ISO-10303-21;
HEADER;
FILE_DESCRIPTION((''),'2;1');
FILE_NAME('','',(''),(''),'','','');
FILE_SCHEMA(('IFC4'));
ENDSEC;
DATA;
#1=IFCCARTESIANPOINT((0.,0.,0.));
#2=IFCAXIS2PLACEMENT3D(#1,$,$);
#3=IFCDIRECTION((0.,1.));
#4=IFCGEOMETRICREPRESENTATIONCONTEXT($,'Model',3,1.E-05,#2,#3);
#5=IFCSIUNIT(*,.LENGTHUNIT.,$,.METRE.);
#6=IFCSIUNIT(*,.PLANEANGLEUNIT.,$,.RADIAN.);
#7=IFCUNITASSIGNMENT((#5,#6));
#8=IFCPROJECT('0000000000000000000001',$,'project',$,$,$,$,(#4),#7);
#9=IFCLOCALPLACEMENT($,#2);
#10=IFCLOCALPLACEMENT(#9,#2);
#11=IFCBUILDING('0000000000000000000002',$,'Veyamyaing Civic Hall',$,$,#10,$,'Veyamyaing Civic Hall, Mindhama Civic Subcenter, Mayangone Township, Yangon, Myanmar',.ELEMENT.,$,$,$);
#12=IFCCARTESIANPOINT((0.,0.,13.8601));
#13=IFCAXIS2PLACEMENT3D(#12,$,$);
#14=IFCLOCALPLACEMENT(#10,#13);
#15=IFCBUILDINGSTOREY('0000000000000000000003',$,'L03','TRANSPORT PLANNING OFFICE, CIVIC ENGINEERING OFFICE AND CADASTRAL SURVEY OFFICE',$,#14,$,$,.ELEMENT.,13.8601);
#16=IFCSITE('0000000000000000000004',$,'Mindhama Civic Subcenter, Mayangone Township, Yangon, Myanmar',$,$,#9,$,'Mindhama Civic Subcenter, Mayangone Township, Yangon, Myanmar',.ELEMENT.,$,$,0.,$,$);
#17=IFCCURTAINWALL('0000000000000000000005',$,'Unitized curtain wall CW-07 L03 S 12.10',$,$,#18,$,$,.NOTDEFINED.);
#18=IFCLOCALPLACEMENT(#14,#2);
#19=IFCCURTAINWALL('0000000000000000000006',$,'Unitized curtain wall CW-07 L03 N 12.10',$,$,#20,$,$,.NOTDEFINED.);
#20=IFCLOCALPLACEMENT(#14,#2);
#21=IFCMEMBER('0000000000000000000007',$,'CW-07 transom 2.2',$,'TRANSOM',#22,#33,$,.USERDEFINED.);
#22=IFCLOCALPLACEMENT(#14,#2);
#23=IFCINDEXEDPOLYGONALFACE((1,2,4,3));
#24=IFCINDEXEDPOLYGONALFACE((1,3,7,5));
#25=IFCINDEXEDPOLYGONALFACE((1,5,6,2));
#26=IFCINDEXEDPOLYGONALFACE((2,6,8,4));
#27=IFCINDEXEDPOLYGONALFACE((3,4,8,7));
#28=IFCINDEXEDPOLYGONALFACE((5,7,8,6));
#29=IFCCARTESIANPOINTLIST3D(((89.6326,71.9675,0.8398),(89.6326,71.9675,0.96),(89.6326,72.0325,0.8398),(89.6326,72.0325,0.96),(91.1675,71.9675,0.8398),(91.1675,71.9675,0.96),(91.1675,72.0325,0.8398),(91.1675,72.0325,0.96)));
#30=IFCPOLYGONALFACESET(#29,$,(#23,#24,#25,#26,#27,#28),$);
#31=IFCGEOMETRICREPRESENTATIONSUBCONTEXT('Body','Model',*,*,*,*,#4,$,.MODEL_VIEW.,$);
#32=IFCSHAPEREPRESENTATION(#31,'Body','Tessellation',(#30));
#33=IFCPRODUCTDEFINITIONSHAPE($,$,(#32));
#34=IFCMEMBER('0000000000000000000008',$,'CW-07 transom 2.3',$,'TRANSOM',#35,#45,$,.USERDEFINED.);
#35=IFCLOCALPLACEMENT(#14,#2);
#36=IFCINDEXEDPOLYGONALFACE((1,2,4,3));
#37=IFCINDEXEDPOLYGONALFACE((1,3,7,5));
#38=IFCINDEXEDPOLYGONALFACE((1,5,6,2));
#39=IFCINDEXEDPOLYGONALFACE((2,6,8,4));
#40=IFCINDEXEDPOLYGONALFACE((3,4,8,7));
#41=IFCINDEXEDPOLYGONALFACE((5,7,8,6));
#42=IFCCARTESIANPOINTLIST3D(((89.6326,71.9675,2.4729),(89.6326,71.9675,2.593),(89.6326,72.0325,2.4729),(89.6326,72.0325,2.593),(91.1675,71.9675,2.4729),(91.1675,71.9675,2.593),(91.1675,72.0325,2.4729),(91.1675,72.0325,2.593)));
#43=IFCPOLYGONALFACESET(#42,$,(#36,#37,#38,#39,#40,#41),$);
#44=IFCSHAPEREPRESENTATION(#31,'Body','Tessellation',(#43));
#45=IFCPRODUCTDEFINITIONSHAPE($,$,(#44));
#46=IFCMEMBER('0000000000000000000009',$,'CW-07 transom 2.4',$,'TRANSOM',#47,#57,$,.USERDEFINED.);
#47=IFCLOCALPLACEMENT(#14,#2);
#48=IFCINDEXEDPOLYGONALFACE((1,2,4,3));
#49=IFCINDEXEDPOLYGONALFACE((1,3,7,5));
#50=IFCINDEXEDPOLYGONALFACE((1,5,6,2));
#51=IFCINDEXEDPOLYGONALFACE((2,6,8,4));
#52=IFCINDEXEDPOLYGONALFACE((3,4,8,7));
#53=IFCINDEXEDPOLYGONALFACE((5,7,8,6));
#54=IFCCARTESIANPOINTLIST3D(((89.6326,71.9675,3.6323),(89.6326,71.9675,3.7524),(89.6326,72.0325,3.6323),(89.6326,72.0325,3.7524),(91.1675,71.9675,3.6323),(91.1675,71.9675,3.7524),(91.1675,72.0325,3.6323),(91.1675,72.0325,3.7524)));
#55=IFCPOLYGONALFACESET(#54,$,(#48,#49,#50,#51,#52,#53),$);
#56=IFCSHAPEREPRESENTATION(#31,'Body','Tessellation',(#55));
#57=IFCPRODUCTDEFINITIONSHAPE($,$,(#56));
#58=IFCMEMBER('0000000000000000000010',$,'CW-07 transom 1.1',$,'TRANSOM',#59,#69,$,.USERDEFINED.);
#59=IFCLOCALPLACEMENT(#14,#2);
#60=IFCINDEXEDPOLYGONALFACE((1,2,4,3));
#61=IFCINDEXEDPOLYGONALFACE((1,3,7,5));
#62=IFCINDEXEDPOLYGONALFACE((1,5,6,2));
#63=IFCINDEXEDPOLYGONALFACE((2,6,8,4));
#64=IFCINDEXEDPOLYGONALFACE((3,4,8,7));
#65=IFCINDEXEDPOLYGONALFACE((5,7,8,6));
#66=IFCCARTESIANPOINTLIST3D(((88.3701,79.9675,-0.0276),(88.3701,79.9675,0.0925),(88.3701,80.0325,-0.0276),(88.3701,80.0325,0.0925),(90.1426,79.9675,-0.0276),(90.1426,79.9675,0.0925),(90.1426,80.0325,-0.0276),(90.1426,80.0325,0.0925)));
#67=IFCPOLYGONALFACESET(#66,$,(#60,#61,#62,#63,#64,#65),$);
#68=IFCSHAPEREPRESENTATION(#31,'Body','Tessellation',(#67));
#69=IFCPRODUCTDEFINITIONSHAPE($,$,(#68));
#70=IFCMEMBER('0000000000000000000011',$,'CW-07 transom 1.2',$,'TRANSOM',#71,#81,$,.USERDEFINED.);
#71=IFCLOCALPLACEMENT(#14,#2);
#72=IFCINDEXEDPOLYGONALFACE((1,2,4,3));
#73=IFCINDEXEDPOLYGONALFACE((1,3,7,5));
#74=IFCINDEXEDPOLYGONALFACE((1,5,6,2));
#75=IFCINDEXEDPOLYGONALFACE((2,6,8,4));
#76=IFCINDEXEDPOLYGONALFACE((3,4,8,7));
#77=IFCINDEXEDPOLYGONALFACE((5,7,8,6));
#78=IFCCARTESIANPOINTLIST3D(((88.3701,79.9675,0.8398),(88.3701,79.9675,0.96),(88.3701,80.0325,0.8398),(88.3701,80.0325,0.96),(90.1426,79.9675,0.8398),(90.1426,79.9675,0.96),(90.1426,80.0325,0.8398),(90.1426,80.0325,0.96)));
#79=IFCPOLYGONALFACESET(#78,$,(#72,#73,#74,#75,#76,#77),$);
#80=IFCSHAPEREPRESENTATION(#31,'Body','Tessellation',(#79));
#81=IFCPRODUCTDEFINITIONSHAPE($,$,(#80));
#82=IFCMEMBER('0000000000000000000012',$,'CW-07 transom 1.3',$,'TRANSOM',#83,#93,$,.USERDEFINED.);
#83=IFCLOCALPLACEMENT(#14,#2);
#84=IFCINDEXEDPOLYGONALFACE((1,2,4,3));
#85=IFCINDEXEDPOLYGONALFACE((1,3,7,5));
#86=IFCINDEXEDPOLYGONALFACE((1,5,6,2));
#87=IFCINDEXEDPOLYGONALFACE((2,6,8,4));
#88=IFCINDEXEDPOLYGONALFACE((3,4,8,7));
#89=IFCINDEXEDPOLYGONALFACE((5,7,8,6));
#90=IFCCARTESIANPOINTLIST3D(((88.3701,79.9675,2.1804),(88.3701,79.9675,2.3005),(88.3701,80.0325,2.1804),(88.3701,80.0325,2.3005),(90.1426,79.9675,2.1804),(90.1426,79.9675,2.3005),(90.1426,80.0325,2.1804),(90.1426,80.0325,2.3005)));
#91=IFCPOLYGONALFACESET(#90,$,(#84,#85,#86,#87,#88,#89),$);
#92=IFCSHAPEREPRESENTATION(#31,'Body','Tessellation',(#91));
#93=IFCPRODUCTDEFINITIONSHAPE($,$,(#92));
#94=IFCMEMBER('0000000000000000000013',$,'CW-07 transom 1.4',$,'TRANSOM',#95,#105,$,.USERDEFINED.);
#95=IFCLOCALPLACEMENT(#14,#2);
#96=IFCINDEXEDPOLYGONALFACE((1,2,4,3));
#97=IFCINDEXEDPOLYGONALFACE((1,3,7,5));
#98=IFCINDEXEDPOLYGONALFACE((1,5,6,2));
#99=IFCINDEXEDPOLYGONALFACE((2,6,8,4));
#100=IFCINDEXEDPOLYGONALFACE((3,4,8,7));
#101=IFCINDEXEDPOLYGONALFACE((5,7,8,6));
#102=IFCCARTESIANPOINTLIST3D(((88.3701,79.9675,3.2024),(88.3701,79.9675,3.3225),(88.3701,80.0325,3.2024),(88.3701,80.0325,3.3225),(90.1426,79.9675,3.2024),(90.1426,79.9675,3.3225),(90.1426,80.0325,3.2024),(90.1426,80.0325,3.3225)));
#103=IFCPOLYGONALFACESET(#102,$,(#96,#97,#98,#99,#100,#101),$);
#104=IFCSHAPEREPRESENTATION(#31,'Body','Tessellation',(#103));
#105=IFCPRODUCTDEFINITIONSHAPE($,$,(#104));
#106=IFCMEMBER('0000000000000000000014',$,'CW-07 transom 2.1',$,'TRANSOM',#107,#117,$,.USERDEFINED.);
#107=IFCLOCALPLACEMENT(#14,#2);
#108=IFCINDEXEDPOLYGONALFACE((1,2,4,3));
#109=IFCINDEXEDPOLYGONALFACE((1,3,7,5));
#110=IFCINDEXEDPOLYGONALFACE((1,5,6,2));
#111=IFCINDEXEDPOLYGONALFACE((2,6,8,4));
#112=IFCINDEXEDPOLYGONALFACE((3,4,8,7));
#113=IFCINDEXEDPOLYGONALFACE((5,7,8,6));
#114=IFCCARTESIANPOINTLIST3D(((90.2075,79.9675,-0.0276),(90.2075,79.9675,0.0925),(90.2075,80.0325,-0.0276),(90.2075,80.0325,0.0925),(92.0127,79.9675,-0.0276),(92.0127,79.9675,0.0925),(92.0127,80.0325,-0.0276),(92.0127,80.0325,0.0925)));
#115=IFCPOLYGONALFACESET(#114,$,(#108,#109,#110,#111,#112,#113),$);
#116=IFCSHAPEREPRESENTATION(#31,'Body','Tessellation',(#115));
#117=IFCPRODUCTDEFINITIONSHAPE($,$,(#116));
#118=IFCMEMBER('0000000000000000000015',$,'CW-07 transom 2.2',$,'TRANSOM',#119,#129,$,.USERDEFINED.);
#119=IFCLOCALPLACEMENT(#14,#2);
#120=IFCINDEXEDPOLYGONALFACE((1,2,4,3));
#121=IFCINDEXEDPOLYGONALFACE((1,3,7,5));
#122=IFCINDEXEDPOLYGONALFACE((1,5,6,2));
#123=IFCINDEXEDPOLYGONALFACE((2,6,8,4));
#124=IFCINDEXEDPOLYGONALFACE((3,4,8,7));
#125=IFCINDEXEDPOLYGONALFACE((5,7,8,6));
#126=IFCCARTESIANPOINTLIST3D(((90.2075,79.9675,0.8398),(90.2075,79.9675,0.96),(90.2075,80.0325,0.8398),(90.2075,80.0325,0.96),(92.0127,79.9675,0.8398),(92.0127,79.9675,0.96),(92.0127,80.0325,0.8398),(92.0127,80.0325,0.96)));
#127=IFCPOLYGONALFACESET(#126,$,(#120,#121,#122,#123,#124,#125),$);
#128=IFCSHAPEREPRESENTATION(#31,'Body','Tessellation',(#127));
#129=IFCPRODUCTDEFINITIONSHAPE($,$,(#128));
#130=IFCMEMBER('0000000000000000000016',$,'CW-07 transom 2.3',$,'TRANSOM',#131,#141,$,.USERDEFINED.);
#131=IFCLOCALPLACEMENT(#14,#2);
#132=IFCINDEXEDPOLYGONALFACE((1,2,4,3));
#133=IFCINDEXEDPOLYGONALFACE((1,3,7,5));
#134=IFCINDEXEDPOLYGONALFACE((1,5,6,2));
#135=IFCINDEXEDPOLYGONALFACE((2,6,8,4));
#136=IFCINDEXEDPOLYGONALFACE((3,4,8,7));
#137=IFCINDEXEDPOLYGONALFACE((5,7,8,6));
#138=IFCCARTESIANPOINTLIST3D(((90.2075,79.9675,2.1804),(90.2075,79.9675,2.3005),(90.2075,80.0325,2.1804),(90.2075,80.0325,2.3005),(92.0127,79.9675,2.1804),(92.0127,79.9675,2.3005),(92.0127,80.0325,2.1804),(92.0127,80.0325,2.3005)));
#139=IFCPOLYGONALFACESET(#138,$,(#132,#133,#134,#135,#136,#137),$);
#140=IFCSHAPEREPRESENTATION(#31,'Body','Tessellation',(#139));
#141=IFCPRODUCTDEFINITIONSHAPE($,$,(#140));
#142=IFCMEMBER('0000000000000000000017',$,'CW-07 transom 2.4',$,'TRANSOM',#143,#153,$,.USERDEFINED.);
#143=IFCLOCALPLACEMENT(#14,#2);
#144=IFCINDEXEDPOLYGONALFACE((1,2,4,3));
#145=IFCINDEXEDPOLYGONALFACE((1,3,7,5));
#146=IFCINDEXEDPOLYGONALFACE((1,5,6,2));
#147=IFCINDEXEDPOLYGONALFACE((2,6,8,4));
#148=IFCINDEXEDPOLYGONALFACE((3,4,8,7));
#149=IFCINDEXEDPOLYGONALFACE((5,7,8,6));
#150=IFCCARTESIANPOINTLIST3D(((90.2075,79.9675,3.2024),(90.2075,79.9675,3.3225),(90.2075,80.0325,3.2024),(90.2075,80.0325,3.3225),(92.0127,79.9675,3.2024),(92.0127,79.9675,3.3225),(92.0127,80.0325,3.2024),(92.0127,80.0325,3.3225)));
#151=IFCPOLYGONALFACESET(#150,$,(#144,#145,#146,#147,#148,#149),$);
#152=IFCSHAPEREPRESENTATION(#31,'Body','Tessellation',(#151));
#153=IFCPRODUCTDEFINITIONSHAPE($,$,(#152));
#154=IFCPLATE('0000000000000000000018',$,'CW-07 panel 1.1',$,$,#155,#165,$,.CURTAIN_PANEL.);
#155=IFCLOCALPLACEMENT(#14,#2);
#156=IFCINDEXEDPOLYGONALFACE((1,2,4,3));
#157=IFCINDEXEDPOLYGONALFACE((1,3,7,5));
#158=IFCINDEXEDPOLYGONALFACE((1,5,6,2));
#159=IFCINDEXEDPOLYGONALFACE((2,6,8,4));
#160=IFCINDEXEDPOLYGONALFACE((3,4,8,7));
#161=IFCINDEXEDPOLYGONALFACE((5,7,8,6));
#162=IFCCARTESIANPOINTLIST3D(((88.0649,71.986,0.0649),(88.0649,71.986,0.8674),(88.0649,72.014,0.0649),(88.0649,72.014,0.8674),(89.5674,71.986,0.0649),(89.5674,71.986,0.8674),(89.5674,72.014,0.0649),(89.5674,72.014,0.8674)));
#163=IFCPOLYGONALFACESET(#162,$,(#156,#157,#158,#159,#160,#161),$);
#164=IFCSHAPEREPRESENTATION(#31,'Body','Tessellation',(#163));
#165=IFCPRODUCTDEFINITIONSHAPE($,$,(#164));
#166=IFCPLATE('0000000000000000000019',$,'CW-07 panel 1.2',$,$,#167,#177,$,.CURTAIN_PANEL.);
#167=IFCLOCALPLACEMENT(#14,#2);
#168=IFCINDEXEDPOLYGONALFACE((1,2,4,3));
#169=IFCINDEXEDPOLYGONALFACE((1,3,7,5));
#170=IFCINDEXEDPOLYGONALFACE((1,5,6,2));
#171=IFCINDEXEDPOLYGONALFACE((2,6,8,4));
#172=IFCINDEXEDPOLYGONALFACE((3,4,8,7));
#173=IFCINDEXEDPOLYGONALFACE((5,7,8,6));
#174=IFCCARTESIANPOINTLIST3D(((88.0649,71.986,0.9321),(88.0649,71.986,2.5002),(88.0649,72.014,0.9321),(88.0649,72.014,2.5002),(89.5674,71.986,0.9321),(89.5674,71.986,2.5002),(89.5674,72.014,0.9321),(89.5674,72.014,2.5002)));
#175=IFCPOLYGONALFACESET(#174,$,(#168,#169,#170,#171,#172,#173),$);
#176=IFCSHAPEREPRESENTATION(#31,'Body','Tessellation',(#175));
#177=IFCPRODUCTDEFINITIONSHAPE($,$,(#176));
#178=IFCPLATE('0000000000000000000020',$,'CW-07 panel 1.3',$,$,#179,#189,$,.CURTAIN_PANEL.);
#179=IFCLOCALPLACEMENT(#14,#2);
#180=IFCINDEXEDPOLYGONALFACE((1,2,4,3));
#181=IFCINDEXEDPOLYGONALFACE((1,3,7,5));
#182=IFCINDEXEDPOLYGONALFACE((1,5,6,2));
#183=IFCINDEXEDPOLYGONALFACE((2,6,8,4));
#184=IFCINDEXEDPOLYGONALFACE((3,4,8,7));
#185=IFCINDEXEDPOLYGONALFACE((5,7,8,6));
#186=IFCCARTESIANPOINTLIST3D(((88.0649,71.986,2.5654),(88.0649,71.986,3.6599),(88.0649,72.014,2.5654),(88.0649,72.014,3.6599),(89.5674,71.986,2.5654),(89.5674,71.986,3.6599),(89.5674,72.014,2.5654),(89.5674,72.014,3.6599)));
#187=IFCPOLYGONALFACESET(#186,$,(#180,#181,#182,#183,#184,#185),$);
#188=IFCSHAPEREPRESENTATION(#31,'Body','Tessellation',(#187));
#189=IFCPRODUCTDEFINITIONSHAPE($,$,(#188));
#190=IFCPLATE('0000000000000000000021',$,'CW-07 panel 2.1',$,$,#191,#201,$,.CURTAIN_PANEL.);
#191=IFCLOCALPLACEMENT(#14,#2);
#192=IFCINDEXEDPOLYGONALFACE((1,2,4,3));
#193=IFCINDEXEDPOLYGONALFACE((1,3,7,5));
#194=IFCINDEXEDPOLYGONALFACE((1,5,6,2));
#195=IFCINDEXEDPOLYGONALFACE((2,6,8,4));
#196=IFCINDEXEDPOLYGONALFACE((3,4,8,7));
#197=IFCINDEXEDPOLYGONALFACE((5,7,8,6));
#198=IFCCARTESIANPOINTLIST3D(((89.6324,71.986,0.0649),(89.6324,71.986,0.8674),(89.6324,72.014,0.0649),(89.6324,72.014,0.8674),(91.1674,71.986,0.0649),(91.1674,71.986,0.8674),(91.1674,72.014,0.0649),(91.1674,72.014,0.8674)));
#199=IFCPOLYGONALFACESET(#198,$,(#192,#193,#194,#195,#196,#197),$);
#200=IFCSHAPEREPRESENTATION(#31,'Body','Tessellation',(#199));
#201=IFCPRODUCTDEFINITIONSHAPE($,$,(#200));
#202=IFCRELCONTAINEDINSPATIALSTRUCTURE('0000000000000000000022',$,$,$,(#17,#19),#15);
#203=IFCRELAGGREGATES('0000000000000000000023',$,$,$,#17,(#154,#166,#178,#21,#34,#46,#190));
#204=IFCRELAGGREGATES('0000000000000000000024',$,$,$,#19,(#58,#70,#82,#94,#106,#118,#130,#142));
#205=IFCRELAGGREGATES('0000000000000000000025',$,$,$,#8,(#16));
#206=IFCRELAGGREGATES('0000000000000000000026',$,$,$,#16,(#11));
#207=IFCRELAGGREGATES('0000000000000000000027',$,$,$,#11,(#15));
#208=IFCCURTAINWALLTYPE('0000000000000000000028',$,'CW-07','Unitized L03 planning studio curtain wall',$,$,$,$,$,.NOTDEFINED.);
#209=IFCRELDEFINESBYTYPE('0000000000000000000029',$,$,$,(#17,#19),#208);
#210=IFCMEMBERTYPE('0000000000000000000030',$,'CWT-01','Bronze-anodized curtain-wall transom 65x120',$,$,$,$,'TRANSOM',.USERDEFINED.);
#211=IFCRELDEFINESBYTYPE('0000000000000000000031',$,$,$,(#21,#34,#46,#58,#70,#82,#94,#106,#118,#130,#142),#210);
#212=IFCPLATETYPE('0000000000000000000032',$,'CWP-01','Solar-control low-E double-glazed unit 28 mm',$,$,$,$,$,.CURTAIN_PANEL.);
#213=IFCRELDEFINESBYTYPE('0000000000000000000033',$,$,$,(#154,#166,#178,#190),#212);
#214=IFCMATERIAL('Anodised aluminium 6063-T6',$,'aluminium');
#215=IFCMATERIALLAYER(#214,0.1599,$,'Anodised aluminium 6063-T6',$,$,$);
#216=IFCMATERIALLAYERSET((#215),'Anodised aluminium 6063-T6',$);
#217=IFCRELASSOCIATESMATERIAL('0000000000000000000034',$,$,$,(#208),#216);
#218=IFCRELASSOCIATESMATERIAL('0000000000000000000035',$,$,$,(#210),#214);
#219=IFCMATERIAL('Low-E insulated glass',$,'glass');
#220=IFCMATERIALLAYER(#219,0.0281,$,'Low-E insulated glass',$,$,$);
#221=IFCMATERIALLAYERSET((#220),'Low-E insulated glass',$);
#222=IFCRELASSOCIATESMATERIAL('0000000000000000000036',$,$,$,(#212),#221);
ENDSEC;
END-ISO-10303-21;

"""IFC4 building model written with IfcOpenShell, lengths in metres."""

from ifc_helpers import new_model, si_unit, direction, frame, origin, origin_2d, place, context, subcontext, project, spatial, rectangle, extrude, material, layer, layer_set, material_profile, profile_set, type_object, element, aggregate, save


model = new_model("IFC4")

# Units and contexts
model_context = context("Model", 3, precision=1e-05, world=origin(), true_north=direction((0.0, 1.0)))
body_context = subcontext(model_context, "Body", "Model", "MODEL_VIEW")
ifc_project = project(units=[si_unit("LENGTHUNIT", "METRE"), si_unit("PLANEANGLEUNIT", "RADIAN")], contexts=[model_context])

# Site, building, storey
site_placement = place(None, origin())
site = spatial("IfcSite", under=ifc_project, at=site_placement, Name="Mindhama Civic Subcenter, Mayangone Township, Yangon, Myanmar", LongName="Mindhama Civic Subcenter, Mayangone Township, Yangon, Myanmar", CompositionType="ELEMENT", RefElevation=0.0)
building_placement = place(site_placement, origin())
building = spatial("IfcBuilding", under=site, at=building_placement, Name="Veyamyaing Civic Hall", LongName="Veyamyaing Civic Hall, Mindhama Civic Subcenter, Mayangone Township, Yangon, Myanmar", CompositionType="ELEMENT")
storey_placement = place(building_placement, frame((0.0, 0.0, 13.8601)))
storey = spatial("IfcBuildingStorey", under=building, at=storey_placement, Name="L03", Description="TRANSPORT PLANNING OFFICE, CIVIC ENGINEERING OFFICE AND CADASTRAL SURVEY OFFICE", CompositionType="ELEMENT", Elevation=13.8601)

# Curtain walls
ifc_material_1 = material(Name="Anodised aluminium 6063-T6", Category="aluminium")
ifc_layer_1 = layer(ifc_material_1, 0.1599, Name="Anodised aluminium 6063-T6")
ifc_layer_set_1 = layer_set([ifc_layer_1], Name="Anodised aluminium 6063-T6")
curtain_wall_type = type_object("IfcCurtainWallType", Name="CW-07", Description="Unitized L03 planning studio curtain wall", PredefinedType="NOTDEFINED", material=ifc_layer_set_1)
curtain_wall_1_placement = place(storey_placement, origin())
curtain_wall_1 = element("IfcCurtainWall", 1, at=curtain_wall_1_placement, inside=storey, type_object=curtain_wall_type, Name="Unitized curtain wall CW-07 L03 S 12.10", PredefinedType="NOTDEFINED")
curtain_wall_2_placement = place(storey_placement, origin())
curtain_wall_2 = element("IfcCurtainWall", 2, at=curtain_wall_2_placement, inside=storey, type_object=curtain_wall_type, Name="Unitized curtain wall CW-07 L03 N 12.10", PredefinedType="NOTDEFINED")

# Members
ifc_material_profile_1 = material_profile(ifc_material_1, rectangle(XDim=0.0649, YDim=0.1201, at=origin_2d()), Name="ALU-TRN-65X120")
ifc_profile_set_1 = profile_set([ifc_material_profile_1], Name="Anodised aluminium 6063-T6")
member_type_1 = type_object("IfcMemberType", Name="CWT-01", Description="Bronze-anodized curtain-wall transom 65x120", ElementType="TRANSOM", PredefinedType="USERDEFINED", material=ifc_profile_set_1)
member_1_placement = place(storey_placement, frame((89.6326, 72.0, 0.8999), z_axis=(1.0, 0.0, 0.0), x_axis=(0.0, 1.0, 0.0)))
member_1 = element("IfcMember", 3, at=member_1_placement, type_object=member_type_1, Name="CW-07 transom 2.2", ObjectType="TRANSOM", PredefinedType="USERDEFINED", context=body_context, shape_type="SweptSolid", body=[
    extrude(rectangle(XDim=0.0649, YDim=0.1201, at=origin_2d()), origin(), (0.0, 0.0, 1.0), 1.5349),
])
member_2_placement = place(storey_placement, frame((89.6326, 72.0, 2.533), z_axis=(1.0, 0.0, 0.0), x_axis=(0.0, 1.0, 0.0)))
member_2 = element("IfcMember", 4, at=member_2_placement, type_object=member_type_1, Name="CW-07 transom 2.3", ObjectType="TRANSOM", PredefinedType="USERDEFINED", context=body_context, shape_type="SweptSolid", body=[
    extrude(rectangle(XDim=0.0649, YDim=0.1201, at=origin_2d()), origin(), (0.0, 0.0, 1.0), 1.5349),
])
member_3_placement = place(storey_placement, frame((89.6326, 72.0, 3.6924), z_axis=(1.0, 0.0, 0.0), x_axis=(0.0, 1.0, 0.0)))
member_3 = element("IfcMember", 5, at=member_3_placement, type_object=member_type_1, Name="CW-07 transom 2.4", ObjectType="TRANSOM", PredefinedType="USERDEFINED", context=body_context, shape_type="SweptSolid", body=[
    extrude(rectangle(XDim=0.0649, YDim=0.1201, at=origin_2d()), origin(), (0.0, 0.0, 1.0), 1.5349),
])
member_4_placement = place(storey_placement, frame((88.3701, 80.0, 0.0325), z_axis=(1.0, 0.0, 0.0), x_axis=(0.0, 1.0, 0.0)))
member_4 = element("IfcMember", 6, at=member_4_placement, type_object=member_type_1, Name="CW-07 transom 1.1", ObjectType="TRANSOM", PredefinedType="USERDEFINED", context=body_context, shape_type="SweptSolid", body=[
    extrude(rectangle(XDim=0.0649, YDim=0.1201, at=origin_2d()), origin(), (0.0, 0.0, 1.0), 1.7725),
])
member_5_placement = place(storey_placement, frame((88.3701, 80.0, 0.8999), z_axis=(1.0, 0.0, 0.0), x_axis=(0.0, 1.0, 0.0)))
member_5 = element("IfcMember", 7, at=member_5_placement, type_object=member_type_1, Name="CW-07 transom 1.2", ObjectType="TRANSOM", PredefinedType="USERDEFINED", context=body_context, shape_type="SweptSolid", body=[
    extrude(rectangle(XDim=0.0649, YDim=0.1201, at=origin_2d()), origin(), (0.0, 0.0, 1.0), 1.7725),
])
member_6_placement = place(storey_placement, frame((88.3701, 80.0, 2.2405), z_axis=(1.0, 0.0, 0.0), x_axis=(0.0, 1.0, 0.0)))
member_6 = element("IfcMember", 8, at=member_6_placement, type_object=member_type_1, Name="CW-07 transom 1.3", ObjectType="TRANSOM", PredefinedType="USERDEFINED", context=body_context, shape_type="SweptSolid", body=[
    extrude(rectangle(XDim=0.0649, YDim=0.1201, at=origin_2d()), origin(), (0.0, 0.0, 1.0), 1.7725),
])
member_7_placement = place(storey_placement, frame((88.3701, 80.0, 3.2625), z_axis=(1.0, 0.0, 0.0), x_axis=(0.0, 1.0, 0.0)))
member_7 = element("IfcMember", 9, at=member_7_placement, type_object=member_type_1, Name="CW-07 transom 1.4", ObjectType="TRANSOM", PredefinedType="USERDEFINED", context=body_context, shape_type="SweptSolid", body=[
    extrude(rectangle(XDim=0.0649, YDim=0.1201, at=origin_2d()), origin(), (0.0, 0.0, 1.0), 1.7725),
])
member_8_placement = place(storey_placement, frame((90.2075, 80.0, 0.0325), z_axis=(1.0, 0.0, 0.0), x_axis=(0.0, 1.0, 0.0)))
member_8 = element("IfcMember", 10, at=member_8_placement, type_object=member_type_1, Name="CW-07 transom 2.1", ObjectType="TRANSOM", PredefinedType="USERDEFINED", context=body_context, shape_type="SweptSolid", body=[
    extrude(rectangle(XDim=0.0649, YDim=0.1201, at=origin_2d()), origin(), (0.0, 0.0, 1.0), 1.8052),
])
member_9_placement = place(storey_placement, frame((90.2075, 80.0, 0.8999), z_axis=(1.0, 0.0, 0.0), x_axis=(0.0, 1.0, 0.0)))
member_9 = element("IfcMember", 11, at=member_9_placement, type_object=member_type_1, Name="CW-07 transom 2.2", ObjectType="TRANSOM", PredefinedType="USERDEFINED", context=body_context, shape_type="SweptSolid", body=[
    extrude(rectangle(XDim=0.0649, YDim=0.1201, at=origin_2d()), origin(), (0.0, 0.0, 1.0), 1.8052),
])
member_10_placement = place(storey_placement, frame((90.2075, 80.0, 2.2405), z_axis=(1.0, 0.0, 0.0), x_axis=(0.0, 1.0, 0.0)))
member_10 = element("IfcMember", 12, at=member_10_placement, type_object=member_type_1, Name="CW-07 transom 2.3", ObjectType="TRANSOM", PredefinedType="USERDEFINED", context=body_context, shape_type="SweptSolid", body=[
    extrude(rectangle(XDim=0.0649, YDim=0.1201, at=origin_2d()), origin(), (0.0, 0.0, 1.0), 1.8052),
])
member_11_placement = place(storey_placement, frame((90.2075, 80.0, 3.2625), z_axis=(1.0, 0.0, 0.0), x_axis=(0.0, 1.0, 0.0)))
member_11 = element("IfcMember", 13, at=member_11_placement, type_object=member_type_1, Name="CW-07 transom 2.4", ObjectType="TRANSOM", PredefinedType="USERDEFINED", context=body_context, shape_type="SweptSolid", body=[
    extrude(rectangle(XDim=0.0649, YDim=0.1201, at=origin_2d()), origin(), (0.0, 0.0, 1.0), 1.8052),
])

# Plates
ifc_material_2 = material(Name="Low-E insulated glass", Category="glass")
ifc_layer_2 = layer(ifc_material_2, 0.0281, Name="Low-E insulated glass")
ifc_layer_set_2 = layer_set([ifc_layer_2], Name="Low-E insulated glass")
plate_type = type_object("IfcPlateType", Name="CWP-01", Description="Solar-control low-E double-glazed unit 28 mm", PredefinedType="CURTAIN_PANEL", material=ifc_layer_set_2)
plate_1_placement = place(storey_placement, frame((88.8162, 72.0, 0.0649), z_axis=(0.0, 0.0, 1.0), x_axis=(1.0, 0.0, 0.0)))
plate_1 = element("IfcPlate", 14, at=plate_1_placement, type_object=plate_type, Name="CW-07 panel 1.1", PredefinedType="CURTAIN_PANEL", context=body_context, shape_type="SweptSolid", body=[
    extrude(rectangle(XDim=1.5024, YDim=0.0281, at=origin_2d()), origin(), (0.0, 0.0, 1.0), 0.8025),
])
plate_2_placement = place(storey_placement, frame((88.8162, 72.0, 0.9321), z_axis=(0.0, 0.0, 1.0), x_axis=(1.0, 0.0, 0.0)))
plate_2 = element("IfcPlate", 15, at=plate_2_placement, type_object=plate_type, Name="CW-07 panel 1.2", PredefinedType="CURTAIN_PANEL", context=body_context, shape_type="SweptSolid", body=[
    extrude(rectangle(XDim=1.5024, YDim=0.0281, at=origin_2d()), origin(), (0.0, 0.0, 1.0), 1.5681),
])
plate_3_placement = place(storey_placement, frame((88.8162, 72.0, 2.5654), z_axis=(0.0, 0.0, 1.0), x_axis=(1.0, 0.0, 0.0)))
plate_3 = element("IfcPlate", 16, at=plate_3_placement, type_object=plate_type, Name="CW-07 panel 1.3", PredefinedType="CURTAIN_PANEL", context=body_context, shape_type="SweptSolid", body=[
    extrude(rectangle(XDim=1.5024, YDim=0.0281, at=origin_2d()), origin(), (0.0, 0.0, 1.0), 1.0945),
])
plate_4_placement = place(storey_placement, frame((90.3999, 72.0, 0.0649), z_axis=(0.0, 0.0, 1.0), x_axis=(1.0, 0.0, 0.0)))
plate_4 = element("IfcPlate", 17, at=plate_4_placement, type_object=plate_type, Name="CW-07 panel 2.1", PredefinedType="CURTAIN_PANEL", context=body_context, shape_type="SweptSolid", body=[
    extrude(rectangle(XDim=1.5349, YDim=0.0281, at=origin_2d()), origin(), (0.0, 0.0, 1.0), 0.8025),
])
aggregate(curtain_wall_1, [plate_1, plate_2, plate_3, member_1, member_2, member_3, plate_4])
aggregate(curtain_wall_2, [member_4, member_5, member_6, member_7, member_8, member_9, member_10, member_11])

save(model, "model.ifc")
